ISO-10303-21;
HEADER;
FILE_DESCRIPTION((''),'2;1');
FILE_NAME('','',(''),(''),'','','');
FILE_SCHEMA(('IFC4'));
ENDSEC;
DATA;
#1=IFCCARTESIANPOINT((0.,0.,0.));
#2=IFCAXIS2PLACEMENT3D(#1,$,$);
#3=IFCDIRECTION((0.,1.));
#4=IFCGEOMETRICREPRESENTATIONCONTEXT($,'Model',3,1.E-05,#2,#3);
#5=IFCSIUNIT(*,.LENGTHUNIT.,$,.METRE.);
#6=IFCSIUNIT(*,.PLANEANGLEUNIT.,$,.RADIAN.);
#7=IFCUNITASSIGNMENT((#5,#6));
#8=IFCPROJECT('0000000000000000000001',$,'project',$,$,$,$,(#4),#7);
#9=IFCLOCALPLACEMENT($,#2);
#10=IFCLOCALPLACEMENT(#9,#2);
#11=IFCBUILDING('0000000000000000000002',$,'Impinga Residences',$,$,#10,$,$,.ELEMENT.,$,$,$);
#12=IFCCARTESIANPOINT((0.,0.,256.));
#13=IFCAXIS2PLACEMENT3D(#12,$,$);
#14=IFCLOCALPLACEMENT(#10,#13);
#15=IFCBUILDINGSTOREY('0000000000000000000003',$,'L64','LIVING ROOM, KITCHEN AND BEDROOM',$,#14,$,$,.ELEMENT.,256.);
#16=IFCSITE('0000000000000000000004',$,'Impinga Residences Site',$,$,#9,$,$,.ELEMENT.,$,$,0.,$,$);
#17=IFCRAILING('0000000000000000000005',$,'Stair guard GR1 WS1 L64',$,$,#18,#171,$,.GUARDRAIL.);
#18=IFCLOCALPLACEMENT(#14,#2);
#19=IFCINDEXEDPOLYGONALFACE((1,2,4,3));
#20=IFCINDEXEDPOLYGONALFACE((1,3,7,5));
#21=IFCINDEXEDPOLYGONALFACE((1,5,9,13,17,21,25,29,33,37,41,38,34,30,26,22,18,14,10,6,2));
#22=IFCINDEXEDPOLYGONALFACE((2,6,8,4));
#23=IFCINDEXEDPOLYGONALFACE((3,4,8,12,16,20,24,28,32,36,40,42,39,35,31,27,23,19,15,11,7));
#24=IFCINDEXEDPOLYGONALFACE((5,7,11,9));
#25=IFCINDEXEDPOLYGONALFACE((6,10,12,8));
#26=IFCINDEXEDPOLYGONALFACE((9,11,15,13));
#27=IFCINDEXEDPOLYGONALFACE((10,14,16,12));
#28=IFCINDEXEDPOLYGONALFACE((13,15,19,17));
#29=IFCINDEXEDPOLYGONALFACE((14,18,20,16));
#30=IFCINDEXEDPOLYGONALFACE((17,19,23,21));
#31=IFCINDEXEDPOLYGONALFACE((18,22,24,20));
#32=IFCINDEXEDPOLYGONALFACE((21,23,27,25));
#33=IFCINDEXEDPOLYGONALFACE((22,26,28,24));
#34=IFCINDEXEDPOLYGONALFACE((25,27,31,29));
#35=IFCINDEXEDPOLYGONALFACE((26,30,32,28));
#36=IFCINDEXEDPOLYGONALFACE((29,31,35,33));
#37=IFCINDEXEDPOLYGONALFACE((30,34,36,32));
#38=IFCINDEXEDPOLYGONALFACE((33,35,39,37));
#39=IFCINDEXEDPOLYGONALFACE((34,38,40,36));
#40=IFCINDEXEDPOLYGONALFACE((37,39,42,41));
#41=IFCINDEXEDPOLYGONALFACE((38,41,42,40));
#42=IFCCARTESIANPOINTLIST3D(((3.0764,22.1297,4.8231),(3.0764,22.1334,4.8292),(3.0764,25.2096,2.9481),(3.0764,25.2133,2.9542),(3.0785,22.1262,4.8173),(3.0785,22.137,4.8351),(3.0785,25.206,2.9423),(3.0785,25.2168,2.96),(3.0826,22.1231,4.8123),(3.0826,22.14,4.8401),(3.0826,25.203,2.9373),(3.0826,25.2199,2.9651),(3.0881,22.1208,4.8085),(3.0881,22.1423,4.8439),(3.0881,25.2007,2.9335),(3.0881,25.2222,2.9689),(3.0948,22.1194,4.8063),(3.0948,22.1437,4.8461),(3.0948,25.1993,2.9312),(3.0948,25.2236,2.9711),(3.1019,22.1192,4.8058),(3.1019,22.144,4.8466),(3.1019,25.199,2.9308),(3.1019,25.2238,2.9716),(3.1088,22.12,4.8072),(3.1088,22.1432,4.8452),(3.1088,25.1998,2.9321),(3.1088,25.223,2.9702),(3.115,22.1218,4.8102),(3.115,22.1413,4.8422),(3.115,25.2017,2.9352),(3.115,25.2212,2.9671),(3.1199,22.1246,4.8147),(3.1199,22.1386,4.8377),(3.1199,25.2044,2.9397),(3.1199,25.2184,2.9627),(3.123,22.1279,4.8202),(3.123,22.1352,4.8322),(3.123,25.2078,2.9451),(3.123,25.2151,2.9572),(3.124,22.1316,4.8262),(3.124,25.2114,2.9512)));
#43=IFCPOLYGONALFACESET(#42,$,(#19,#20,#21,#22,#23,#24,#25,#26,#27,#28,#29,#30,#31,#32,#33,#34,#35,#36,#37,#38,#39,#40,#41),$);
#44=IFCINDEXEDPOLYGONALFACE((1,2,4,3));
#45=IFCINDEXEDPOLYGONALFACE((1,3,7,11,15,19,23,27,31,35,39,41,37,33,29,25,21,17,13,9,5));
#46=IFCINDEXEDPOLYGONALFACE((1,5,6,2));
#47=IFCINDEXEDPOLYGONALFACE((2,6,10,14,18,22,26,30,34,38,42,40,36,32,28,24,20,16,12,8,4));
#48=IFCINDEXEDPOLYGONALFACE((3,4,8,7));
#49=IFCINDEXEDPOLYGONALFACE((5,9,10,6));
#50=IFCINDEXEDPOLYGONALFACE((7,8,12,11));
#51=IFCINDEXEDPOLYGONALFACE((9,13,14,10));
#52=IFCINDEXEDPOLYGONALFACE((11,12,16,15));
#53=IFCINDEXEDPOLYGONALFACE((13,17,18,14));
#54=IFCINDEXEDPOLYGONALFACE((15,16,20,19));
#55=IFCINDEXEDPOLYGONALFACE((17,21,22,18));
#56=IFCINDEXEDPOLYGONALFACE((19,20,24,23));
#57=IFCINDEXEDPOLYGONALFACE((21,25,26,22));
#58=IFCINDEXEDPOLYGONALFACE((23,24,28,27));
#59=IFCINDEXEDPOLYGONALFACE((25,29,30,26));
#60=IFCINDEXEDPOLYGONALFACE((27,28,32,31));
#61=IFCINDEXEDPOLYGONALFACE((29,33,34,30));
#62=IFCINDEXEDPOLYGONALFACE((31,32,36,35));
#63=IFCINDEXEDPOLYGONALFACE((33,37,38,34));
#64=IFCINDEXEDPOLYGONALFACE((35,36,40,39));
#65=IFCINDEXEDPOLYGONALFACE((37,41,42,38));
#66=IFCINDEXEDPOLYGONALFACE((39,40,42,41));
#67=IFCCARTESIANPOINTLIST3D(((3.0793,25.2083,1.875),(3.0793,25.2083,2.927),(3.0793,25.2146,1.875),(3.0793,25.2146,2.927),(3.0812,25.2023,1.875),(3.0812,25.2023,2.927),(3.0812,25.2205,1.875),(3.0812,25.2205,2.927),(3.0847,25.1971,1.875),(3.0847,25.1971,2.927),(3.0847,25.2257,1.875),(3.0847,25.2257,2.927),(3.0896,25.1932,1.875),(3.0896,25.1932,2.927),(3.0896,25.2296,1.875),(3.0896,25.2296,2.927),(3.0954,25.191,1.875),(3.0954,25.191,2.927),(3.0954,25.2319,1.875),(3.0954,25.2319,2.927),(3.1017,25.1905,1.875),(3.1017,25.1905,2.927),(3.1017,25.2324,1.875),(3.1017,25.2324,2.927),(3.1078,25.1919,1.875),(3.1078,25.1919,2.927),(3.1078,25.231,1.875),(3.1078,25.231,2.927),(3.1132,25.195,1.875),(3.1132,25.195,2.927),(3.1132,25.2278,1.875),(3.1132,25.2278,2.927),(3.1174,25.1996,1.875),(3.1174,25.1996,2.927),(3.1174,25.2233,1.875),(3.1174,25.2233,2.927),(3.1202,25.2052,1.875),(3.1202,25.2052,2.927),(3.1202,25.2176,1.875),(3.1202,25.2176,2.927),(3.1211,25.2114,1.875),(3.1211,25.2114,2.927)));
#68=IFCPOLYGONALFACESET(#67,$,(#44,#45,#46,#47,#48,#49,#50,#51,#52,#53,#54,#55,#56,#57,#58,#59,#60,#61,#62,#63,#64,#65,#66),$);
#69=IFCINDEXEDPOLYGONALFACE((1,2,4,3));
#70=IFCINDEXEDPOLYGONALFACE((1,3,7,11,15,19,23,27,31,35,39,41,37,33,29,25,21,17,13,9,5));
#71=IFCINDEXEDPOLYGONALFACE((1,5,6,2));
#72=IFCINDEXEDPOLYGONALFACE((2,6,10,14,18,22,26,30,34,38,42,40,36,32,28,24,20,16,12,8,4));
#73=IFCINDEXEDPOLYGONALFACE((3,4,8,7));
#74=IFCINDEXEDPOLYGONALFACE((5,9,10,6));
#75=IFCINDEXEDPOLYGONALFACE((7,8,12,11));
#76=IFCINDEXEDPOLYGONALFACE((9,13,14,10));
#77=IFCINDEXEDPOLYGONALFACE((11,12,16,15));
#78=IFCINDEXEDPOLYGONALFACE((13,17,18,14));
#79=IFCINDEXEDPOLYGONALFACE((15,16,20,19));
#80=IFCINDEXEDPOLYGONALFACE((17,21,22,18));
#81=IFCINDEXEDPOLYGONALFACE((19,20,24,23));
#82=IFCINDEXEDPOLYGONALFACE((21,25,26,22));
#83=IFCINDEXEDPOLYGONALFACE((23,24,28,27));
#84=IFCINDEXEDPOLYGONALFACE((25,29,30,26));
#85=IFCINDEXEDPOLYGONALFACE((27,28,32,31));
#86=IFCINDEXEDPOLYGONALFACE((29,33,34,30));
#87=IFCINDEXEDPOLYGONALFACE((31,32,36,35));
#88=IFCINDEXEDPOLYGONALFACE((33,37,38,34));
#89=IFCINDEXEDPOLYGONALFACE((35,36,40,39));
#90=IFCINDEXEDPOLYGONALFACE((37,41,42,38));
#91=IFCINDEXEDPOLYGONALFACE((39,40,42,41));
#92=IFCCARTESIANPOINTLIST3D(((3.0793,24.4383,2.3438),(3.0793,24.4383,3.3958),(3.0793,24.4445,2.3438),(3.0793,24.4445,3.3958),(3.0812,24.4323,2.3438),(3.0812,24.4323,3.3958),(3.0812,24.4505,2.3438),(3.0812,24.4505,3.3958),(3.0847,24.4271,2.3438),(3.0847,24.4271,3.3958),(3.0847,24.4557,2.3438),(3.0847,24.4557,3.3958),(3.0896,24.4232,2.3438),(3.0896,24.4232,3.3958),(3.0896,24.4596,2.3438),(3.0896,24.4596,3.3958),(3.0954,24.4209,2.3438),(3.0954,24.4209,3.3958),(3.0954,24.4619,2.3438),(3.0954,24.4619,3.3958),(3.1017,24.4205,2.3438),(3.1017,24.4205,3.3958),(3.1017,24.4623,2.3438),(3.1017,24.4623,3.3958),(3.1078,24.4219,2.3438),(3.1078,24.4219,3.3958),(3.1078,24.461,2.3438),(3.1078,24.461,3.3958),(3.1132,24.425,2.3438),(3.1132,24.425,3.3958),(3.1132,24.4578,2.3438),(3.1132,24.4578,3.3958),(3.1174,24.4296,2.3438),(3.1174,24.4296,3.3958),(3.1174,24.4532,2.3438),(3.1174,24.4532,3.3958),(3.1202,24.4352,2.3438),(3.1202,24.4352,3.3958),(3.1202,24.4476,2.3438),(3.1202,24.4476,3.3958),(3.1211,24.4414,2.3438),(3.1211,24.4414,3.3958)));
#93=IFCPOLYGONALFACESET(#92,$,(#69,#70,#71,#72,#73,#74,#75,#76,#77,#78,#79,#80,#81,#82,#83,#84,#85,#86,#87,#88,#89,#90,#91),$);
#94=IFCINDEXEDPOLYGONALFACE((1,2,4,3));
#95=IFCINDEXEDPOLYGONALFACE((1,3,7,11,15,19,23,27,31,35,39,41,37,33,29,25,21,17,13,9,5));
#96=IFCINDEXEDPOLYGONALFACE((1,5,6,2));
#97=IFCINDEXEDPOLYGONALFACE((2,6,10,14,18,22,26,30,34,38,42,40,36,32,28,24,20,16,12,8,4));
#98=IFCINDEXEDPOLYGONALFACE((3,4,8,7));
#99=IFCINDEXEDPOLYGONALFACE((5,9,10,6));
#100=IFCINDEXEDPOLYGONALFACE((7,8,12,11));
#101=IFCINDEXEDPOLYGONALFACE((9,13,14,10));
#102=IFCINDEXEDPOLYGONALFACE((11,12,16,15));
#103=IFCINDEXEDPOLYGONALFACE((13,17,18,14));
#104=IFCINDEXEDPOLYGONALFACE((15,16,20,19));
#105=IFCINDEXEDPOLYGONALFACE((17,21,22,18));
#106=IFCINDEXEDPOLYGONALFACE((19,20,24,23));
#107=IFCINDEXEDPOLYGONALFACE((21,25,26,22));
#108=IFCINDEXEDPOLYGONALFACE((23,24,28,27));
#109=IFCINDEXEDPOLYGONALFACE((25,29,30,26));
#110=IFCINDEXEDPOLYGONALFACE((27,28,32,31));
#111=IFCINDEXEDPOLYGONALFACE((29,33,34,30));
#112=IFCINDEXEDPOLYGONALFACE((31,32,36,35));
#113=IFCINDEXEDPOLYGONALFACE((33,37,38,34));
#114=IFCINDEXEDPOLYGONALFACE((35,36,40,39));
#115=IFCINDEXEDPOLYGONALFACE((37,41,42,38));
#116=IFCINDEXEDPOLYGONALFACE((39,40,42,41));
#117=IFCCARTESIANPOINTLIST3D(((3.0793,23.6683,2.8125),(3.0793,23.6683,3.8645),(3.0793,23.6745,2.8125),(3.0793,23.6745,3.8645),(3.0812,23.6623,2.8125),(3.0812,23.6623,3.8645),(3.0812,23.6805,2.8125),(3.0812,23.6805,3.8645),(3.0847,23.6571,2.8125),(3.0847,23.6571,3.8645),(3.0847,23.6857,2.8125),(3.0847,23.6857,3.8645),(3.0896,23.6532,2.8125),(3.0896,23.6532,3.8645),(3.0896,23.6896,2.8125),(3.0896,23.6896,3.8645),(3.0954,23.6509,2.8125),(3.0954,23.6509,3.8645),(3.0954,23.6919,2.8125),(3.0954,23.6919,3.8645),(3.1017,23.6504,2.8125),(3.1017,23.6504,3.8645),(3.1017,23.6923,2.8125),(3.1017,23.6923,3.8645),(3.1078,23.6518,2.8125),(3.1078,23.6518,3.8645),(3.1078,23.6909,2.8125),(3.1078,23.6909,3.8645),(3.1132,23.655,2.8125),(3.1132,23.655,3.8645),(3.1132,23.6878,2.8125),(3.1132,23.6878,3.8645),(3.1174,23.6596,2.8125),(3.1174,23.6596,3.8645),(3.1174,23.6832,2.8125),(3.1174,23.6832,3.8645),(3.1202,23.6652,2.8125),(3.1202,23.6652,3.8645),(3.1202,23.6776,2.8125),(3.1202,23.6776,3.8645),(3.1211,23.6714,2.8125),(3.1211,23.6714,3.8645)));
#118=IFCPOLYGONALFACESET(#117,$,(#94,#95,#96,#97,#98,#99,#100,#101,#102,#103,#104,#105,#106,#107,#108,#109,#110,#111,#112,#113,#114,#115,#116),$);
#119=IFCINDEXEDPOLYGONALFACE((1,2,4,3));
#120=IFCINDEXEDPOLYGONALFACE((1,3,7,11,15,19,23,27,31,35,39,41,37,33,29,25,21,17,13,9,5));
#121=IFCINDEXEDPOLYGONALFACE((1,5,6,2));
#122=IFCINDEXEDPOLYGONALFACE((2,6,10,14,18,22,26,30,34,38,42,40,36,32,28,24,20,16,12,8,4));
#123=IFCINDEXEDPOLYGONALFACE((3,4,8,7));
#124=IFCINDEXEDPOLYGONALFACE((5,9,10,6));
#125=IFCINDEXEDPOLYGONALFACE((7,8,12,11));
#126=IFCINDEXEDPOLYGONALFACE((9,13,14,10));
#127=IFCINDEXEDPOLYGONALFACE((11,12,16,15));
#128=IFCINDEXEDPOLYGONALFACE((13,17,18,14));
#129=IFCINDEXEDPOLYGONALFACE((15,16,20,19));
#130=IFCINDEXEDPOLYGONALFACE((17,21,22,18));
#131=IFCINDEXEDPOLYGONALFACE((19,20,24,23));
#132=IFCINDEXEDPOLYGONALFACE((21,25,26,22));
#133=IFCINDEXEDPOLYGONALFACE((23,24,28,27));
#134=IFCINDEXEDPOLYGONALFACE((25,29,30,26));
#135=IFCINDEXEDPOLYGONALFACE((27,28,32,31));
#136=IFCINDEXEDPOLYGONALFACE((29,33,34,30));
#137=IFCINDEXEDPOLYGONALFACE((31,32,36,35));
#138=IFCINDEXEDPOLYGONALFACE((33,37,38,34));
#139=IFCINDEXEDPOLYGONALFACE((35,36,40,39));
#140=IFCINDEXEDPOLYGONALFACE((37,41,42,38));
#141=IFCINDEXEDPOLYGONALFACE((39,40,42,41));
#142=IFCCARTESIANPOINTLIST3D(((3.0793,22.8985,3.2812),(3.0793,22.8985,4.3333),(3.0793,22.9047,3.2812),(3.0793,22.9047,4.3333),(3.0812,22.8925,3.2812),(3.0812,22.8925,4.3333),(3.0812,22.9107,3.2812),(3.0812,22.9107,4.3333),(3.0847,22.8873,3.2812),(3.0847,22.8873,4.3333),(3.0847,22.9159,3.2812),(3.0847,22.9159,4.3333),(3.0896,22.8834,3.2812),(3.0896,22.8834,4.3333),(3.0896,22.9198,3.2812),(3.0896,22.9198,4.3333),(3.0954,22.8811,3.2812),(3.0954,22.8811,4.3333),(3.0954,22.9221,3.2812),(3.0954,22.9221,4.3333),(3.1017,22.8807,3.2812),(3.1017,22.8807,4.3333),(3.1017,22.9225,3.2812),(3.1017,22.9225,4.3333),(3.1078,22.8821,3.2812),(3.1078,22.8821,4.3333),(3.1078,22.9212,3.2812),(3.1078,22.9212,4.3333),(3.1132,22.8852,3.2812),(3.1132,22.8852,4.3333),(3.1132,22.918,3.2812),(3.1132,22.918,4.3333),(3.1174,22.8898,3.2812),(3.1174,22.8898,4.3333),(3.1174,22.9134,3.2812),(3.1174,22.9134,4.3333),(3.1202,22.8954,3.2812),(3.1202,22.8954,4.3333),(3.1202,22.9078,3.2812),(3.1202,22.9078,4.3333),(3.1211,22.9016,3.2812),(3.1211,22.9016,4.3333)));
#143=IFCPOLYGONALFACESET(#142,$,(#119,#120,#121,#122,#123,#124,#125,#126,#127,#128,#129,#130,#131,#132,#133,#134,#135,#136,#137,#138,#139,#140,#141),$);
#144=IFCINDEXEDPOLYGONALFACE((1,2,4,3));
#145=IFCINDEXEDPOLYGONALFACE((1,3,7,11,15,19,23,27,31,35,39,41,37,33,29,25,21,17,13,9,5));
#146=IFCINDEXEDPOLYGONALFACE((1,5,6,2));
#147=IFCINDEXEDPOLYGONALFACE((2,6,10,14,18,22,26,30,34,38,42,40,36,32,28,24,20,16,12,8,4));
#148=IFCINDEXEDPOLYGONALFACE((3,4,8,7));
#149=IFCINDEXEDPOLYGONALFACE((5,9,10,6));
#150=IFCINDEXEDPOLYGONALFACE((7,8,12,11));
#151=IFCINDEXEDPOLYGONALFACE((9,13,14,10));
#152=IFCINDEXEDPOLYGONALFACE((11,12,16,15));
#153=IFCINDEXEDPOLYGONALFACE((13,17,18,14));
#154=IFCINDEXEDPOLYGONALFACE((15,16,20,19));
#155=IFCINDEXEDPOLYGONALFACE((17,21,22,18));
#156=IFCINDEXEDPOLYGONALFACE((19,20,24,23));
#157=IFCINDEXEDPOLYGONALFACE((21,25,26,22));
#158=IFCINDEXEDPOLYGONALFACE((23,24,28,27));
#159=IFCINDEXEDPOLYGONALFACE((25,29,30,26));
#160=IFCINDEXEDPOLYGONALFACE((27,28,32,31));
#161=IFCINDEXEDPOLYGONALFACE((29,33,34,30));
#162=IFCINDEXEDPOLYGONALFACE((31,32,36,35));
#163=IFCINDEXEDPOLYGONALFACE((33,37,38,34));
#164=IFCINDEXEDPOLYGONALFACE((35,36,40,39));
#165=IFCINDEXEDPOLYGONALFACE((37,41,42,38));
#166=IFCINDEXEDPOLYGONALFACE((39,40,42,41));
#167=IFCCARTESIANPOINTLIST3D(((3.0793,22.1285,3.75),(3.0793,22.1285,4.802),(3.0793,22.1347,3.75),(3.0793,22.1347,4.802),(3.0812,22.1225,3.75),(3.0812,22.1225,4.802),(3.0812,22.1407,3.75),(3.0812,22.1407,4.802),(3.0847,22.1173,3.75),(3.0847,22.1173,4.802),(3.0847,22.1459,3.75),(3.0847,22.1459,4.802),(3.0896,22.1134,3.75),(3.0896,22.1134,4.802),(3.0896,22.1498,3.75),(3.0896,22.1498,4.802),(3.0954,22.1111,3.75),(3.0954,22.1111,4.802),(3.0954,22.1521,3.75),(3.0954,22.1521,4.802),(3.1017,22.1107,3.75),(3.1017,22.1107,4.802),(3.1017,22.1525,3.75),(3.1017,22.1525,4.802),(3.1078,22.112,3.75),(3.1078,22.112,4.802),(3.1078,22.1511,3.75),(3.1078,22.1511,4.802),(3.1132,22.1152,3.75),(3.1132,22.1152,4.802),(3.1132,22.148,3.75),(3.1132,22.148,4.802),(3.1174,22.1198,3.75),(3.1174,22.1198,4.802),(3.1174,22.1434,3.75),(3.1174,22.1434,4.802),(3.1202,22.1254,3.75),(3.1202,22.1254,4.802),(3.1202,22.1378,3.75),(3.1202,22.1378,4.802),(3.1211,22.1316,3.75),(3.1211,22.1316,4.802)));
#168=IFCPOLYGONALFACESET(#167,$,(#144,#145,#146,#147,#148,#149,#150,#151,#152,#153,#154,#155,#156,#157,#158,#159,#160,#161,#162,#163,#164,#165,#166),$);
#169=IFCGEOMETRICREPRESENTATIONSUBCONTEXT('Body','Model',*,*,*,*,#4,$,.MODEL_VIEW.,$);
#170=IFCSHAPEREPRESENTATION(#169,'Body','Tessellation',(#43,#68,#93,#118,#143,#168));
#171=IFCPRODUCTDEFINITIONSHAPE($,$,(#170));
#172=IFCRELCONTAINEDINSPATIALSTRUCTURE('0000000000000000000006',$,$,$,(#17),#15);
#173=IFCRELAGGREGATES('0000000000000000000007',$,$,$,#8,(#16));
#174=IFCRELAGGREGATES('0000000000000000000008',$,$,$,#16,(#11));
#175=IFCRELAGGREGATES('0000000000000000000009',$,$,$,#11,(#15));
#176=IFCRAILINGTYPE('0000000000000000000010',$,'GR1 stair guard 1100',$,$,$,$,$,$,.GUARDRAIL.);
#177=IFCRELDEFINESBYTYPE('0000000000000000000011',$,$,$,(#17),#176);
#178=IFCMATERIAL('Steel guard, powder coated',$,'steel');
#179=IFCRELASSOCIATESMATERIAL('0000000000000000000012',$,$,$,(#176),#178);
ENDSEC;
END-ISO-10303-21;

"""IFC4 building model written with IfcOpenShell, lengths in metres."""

from ifc_helpers import new_model, si_unit, direction, frame, origin, origin_2d, place, context, subcontext, project, spatial, circle, extrude, material, type_object, element, save


model = new_model("IFC4")

# Units and contexts
model_context = context("Model", 3, precision=1e-05, world=origin(), true_north=direction((0.0, 1.0)))
body_context = subcontext(model_context, "Body", "Model", "MODEL_VIEW")
ifc_project = project(units=[si_unit("LENGTHUNIT", "METRE"), si_unit("PLANEANGLEUNIT", "RADIAN")], contexts=[model_context])

# Site, building, storey
site_placement = place(None, origin())
site = spatial("IfcSite", under=ifc_project, at=site_placement, Name="Impinga Residences Site", CompositionType="ELEMENT", RefElevation=0.0)
building_placement = place(site_placement, origin())
building = spatial("IfcBuilding", under=site, at=building_placement, Name="Impinga Residences", CompositionType="ELEMENT")
storey_placement = place(building_placement, frame((0.0, 0.0, 256.0)))
storey = spatial("IfcBuildingStorey", under=building, at=storey_placement, Name="L64", Description="LIVING ROOM, KITCHEN AND BEDROOM", CompositionType="ELEMENT", Elevation=256.0)

# Railing
ifc_material_1 = material(Name="Steel guard, powder coated", Category="steel")
railing_type_1 = type_object("IfcRailingType", Name="GR1 stair guard 1100", PredefinedType="GUARDRAIL", material=ifc_material_1)
railing_1_placement = place(storey_placement, frame((3.1001, 25.2114, 1.875)))
element("IfcRailing", 1, at=railing_1_placement, inside=storey, type_object=railing_type_1, Name="Stair guard GR1 WS1 L64", PredefinedType="GUARDRAIL", context=body_context, shape_type="SweptSolid", body=[
    extrude(circle(Radius=0.0239, at=origin_2d()), frame((0.0, 0.0, 1.0762), z_axis=(0.0, -0.854159, 0.520011), x_axis=(1.0, 0.0, 0.0)), (0.0, 0.0, 1.0), 3.6057),
    extrude(circle(Radius=0.021, at=origin_2d()), origin(), (0.0, 0.0, 1.0), 1.052),
    extrude(circle(Radius=0.021, at=origin_2d()), frame((0.0, -0.77, 0.4688)), (0.0, 0.0, 1.0), 1.052),
    extrude(circle(Radius=0.021, at=origin_2d()), frame((0.0, -1.54, 0.9375)), (0.0, 0.0, 1.0), 1.052),
    extrude(circle(Radius=0.021, at=origin_2d()), frame((0.0, -2.3098, 1.4062)), (0.0, 0.0, 1.0), 1.052),
    extrude(circle(Radius=0.021, at=origin_2d()), frame((0.0, -3.0798, 1.875)), (0.0, 0.0, 1.0), 1.052),
])

save(model, "model.ifc")
